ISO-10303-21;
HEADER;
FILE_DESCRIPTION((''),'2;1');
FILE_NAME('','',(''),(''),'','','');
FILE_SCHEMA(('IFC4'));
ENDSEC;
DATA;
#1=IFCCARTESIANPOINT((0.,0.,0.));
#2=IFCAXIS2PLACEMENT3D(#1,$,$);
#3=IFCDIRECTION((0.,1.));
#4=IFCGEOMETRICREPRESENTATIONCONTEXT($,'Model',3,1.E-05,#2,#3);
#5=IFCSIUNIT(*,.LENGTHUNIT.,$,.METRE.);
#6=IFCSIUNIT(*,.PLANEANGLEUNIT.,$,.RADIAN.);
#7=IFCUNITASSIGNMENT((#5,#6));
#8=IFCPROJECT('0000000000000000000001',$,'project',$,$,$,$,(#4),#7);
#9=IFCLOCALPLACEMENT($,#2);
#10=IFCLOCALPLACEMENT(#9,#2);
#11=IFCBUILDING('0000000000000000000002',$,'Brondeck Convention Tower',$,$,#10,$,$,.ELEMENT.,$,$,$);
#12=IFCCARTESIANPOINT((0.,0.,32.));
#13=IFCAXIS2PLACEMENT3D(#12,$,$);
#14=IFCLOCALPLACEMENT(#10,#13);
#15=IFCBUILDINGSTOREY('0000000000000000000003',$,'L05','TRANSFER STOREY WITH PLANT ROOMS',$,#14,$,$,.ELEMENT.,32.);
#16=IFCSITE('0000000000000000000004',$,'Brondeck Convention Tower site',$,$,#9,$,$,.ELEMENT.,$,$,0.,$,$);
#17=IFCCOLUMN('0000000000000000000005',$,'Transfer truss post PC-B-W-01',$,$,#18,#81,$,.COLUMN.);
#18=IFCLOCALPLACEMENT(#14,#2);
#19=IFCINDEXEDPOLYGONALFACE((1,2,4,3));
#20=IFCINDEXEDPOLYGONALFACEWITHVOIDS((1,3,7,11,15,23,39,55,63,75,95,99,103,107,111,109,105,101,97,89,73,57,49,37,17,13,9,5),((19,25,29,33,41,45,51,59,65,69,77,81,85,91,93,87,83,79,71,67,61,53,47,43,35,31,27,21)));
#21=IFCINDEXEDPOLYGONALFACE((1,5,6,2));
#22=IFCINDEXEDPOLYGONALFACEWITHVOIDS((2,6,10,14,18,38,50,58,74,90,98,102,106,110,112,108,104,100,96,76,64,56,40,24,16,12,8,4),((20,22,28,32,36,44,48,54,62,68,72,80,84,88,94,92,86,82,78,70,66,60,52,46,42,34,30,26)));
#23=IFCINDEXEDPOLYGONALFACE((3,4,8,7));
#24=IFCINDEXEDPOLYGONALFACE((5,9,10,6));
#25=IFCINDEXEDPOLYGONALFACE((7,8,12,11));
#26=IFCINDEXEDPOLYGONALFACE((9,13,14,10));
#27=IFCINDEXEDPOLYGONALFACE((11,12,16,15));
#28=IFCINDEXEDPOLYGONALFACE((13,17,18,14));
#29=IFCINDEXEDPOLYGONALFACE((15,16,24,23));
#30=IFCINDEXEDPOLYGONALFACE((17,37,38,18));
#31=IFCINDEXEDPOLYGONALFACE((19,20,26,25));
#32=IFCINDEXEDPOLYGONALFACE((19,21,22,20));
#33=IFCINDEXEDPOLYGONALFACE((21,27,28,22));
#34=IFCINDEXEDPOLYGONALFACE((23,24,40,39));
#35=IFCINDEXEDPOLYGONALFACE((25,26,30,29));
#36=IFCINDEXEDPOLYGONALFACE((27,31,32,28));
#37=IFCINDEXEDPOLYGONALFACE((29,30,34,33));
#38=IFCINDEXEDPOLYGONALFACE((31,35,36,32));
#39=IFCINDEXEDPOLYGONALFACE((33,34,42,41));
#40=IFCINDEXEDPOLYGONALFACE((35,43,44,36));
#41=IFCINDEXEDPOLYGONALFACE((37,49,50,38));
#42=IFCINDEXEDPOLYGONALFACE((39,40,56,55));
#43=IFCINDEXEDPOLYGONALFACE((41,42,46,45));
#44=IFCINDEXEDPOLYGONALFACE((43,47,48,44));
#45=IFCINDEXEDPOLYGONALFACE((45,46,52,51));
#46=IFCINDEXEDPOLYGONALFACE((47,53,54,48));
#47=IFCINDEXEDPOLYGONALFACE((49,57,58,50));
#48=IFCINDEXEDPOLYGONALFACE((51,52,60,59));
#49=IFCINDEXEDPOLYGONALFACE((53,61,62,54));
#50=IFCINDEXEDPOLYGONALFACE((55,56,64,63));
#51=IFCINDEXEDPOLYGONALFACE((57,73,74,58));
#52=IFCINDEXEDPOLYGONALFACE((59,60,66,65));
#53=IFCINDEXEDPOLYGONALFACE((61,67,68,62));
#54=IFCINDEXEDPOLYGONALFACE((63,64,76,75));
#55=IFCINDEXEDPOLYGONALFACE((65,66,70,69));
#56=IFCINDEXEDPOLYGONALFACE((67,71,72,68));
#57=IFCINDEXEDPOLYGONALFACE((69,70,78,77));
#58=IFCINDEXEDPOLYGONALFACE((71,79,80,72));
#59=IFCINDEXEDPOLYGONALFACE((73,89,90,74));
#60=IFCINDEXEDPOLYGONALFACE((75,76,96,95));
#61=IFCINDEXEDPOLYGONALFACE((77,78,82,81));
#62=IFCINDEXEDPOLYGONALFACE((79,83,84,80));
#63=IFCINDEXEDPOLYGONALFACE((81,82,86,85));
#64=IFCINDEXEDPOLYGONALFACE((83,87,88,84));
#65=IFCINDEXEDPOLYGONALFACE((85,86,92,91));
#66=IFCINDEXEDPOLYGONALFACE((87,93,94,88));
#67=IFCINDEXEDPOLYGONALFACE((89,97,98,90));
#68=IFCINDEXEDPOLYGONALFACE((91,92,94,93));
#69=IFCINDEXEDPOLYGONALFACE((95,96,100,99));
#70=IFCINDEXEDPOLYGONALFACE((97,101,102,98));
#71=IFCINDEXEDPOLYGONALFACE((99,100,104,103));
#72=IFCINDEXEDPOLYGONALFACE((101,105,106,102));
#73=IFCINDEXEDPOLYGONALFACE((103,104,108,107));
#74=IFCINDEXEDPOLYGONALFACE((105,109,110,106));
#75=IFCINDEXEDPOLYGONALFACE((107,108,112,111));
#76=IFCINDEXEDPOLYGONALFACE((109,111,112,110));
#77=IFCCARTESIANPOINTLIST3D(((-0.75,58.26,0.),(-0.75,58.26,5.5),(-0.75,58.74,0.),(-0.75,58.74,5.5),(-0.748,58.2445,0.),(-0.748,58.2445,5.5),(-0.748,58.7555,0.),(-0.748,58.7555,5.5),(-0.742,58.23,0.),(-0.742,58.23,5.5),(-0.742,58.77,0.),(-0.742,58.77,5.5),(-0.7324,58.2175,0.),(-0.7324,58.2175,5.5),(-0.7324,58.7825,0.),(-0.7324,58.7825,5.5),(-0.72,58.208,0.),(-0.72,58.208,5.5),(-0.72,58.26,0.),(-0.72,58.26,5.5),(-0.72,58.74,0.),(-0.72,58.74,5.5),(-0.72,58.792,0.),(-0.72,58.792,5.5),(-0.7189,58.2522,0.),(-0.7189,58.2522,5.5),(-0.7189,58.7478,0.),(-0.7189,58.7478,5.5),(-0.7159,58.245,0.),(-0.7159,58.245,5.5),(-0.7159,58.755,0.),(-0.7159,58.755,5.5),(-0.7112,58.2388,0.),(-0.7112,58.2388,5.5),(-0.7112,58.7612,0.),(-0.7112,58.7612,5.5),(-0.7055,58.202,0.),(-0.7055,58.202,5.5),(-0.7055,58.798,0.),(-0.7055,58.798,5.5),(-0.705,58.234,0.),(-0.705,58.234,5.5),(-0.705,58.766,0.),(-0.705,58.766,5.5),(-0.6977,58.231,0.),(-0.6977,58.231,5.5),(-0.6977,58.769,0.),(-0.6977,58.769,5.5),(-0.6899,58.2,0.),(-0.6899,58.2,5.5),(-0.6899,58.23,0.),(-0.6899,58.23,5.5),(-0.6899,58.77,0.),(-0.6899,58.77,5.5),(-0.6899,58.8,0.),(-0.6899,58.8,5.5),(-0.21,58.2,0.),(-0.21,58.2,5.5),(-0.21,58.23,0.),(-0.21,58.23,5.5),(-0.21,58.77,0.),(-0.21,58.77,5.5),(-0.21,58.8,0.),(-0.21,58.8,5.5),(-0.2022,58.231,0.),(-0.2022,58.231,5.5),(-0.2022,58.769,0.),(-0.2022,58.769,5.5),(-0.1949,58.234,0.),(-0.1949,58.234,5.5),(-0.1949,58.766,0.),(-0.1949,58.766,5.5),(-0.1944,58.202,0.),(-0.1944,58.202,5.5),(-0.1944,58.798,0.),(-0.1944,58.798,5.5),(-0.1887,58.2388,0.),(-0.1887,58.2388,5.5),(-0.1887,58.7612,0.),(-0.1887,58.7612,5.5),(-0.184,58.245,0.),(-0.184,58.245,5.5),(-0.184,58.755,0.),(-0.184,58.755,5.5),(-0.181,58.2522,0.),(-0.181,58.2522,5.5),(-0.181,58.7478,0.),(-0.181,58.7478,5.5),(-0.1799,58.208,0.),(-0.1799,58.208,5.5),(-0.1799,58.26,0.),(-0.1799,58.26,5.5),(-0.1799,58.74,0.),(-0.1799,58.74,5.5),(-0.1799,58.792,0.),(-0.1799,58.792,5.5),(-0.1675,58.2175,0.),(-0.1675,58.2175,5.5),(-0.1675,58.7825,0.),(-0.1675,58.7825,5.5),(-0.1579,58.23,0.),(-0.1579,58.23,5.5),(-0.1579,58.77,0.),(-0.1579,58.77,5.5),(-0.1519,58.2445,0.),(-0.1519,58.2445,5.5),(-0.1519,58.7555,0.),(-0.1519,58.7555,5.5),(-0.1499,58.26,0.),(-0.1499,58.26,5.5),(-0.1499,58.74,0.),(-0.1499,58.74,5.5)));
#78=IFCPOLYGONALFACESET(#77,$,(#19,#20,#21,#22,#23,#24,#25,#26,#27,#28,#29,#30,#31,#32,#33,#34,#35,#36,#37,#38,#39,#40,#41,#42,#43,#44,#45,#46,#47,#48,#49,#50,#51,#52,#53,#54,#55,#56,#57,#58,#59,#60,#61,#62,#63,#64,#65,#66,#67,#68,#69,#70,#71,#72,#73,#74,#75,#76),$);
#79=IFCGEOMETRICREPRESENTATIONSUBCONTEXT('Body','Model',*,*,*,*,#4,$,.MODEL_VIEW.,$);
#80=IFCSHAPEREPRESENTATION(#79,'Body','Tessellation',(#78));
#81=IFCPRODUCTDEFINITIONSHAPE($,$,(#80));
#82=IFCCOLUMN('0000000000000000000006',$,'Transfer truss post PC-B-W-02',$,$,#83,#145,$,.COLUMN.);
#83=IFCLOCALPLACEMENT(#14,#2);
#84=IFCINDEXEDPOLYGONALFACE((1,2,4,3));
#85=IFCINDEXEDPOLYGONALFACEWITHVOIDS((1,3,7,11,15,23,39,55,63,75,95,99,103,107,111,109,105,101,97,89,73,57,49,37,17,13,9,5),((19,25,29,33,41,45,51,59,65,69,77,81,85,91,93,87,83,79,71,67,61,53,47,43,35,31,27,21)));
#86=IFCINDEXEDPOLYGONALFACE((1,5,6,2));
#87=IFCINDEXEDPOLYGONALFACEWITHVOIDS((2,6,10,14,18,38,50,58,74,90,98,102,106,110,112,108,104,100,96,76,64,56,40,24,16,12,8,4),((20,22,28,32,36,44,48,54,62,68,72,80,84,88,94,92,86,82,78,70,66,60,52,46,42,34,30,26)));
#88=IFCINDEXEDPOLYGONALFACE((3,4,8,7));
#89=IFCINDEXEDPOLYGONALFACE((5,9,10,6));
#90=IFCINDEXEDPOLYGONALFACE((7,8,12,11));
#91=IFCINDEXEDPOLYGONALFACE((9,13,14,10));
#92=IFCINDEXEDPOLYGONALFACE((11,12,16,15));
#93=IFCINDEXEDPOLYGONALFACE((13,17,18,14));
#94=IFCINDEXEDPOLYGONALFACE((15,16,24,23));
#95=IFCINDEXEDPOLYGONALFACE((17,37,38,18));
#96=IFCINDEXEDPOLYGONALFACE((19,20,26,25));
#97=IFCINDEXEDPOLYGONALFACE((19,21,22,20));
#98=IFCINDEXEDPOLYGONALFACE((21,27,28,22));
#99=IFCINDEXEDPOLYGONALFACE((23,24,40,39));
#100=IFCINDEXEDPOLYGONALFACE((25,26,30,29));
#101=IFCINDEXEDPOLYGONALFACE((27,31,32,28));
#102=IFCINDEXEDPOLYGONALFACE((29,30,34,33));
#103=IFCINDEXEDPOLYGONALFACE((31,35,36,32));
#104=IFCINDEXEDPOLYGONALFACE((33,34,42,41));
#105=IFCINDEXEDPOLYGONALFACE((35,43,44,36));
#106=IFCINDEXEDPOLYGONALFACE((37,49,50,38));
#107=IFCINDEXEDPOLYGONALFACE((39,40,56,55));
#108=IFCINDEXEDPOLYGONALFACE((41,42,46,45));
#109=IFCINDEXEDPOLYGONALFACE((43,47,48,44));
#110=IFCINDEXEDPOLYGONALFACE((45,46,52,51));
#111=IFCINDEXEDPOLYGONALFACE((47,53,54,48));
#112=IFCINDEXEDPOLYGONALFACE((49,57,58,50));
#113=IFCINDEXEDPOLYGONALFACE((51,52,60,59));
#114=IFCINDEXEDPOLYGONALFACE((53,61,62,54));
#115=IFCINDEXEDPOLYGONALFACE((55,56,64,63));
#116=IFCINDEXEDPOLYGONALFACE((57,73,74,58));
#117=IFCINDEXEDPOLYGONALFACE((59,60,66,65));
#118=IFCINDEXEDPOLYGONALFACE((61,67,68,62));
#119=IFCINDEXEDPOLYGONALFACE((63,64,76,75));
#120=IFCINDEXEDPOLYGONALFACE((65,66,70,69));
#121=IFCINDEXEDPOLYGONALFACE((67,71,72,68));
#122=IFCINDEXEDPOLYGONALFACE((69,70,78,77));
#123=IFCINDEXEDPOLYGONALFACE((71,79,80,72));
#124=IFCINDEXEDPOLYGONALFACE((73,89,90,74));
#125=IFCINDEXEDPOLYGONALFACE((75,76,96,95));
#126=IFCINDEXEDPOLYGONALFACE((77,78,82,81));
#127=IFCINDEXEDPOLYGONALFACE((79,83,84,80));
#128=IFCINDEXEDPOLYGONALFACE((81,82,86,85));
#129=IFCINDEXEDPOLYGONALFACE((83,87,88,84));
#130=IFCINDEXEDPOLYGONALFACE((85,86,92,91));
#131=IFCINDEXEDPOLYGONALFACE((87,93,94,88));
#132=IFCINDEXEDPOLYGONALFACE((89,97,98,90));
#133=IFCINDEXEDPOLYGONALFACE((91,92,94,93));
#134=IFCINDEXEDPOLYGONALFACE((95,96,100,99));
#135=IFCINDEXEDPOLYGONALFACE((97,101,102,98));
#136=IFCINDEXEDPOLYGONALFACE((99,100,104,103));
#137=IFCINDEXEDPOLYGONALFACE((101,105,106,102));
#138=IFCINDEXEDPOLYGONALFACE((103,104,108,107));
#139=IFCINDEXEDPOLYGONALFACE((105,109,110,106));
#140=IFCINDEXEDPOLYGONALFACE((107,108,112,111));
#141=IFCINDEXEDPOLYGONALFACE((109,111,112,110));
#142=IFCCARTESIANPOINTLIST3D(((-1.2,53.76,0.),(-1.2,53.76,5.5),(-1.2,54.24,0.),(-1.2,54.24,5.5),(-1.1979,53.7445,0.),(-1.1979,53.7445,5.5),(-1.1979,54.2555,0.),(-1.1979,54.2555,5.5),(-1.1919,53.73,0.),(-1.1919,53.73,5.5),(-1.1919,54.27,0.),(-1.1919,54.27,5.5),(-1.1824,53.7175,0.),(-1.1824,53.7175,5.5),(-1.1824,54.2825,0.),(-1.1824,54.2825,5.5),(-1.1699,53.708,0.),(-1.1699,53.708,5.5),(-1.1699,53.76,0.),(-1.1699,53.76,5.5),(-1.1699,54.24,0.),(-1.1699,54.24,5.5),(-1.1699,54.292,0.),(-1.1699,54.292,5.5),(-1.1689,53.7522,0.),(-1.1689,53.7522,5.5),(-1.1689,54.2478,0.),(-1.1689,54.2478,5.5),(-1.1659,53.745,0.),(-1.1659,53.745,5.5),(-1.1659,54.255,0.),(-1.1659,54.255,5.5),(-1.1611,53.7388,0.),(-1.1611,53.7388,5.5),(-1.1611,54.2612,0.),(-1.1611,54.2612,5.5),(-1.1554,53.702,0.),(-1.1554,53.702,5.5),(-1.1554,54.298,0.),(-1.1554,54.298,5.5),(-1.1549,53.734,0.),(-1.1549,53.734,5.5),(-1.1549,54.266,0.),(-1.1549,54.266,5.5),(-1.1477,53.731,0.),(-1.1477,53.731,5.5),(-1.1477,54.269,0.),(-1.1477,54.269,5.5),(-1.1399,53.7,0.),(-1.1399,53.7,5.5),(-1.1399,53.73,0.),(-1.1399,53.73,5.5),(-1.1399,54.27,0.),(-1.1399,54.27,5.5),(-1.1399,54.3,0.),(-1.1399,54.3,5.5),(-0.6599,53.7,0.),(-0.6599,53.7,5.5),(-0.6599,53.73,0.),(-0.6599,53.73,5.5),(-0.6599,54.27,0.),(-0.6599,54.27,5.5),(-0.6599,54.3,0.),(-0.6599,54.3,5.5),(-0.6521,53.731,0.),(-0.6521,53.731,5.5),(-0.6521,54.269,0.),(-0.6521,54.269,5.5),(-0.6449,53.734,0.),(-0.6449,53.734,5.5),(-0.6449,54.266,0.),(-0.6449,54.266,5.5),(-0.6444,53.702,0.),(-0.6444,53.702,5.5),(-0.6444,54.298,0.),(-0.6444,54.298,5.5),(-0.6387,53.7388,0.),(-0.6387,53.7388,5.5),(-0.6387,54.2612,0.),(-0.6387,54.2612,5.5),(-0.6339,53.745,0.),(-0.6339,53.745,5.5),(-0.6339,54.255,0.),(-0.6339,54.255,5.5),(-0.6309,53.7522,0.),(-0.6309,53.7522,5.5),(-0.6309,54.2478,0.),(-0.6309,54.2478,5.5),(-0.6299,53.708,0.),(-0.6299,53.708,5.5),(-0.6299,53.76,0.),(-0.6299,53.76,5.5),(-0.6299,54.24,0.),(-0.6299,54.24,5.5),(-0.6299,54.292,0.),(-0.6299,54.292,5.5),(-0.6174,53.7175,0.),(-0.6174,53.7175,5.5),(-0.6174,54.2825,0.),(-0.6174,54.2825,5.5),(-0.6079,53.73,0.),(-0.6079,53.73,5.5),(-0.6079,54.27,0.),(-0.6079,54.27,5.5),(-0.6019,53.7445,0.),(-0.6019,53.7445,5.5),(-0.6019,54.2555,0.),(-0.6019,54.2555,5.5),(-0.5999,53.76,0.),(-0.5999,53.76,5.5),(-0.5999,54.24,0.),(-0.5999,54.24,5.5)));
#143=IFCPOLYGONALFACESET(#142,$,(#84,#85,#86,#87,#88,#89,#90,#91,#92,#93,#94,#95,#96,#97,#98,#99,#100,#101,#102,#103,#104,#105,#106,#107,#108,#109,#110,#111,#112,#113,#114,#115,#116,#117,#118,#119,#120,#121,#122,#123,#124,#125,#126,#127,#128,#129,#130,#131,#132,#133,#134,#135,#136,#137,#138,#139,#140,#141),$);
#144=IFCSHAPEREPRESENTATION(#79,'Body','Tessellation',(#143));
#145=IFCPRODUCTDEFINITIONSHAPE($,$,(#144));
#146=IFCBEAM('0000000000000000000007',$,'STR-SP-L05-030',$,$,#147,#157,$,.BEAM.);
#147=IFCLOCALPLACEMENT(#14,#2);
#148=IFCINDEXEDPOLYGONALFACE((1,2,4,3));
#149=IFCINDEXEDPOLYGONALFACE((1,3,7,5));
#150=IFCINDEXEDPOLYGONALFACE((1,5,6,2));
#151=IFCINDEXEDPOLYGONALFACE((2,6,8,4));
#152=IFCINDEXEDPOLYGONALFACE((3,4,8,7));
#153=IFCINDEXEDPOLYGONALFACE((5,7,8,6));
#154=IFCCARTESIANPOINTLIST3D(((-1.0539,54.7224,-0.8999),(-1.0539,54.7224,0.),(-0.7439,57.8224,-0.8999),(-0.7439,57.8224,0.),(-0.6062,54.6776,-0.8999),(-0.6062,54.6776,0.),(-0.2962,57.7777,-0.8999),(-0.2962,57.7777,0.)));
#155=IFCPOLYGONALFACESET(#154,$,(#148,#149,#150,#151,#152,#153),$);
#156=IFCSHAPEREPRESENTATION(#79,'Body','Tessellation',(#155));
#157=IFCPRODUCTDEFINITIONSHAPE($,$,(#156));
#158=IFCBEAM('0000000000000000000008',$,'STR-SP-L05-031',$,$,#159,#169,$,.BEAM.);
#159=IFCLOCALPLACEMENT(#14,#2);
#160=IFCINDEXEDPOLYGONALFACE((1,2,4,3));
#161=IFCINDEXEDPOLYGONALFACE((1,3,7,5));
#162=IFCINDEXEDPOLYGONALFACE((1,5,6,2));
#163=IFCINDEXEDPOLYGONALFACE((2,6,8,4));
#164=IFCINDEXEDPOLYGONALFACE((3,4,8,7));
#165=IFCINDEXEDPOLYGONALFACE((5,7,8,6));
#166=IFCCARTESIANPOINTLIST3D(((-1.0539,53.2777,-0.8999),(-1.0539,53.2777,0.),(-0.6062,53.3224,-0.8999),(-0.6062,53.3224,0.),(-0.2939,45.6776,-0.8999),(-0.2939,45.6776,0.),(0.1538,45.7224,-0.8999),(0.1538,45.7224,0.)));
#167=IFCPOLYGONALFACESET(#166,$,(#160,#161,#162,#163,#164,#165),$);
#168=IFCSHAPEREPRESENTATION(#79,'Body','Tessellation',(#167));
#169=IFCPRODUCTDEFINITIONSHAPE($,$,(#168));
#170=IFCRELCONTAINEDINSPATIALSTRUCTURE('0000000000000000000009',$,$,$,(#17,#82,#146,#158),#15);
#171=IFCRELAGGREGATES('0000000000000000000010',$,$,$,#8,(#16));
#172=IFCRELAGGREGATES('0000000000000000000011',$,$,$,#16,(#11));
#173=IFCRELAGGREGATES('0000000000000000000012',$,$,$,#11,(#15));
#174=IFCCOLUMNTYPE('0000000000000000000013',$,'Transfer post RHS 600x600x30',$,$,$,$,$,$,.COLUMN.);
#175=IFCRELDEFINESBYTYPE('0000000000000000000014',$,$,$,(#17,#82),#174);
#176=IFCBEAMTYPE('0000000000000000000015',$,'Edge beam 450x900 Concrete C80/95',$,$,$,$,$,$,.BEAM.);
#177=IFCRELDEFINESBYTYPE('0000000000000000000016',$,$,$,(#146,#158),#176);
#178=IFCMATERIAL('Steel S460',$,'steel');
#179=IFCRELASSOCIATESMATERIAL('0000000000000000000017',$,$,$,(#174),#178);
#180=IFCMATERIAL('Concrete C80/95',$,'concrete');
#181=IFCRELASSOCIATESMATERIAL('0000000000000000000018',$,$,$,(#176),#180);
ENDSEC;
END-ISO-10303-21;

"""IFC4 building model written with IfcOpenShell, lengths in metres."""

from ifc_helpers import new_model, si_unit, direction, frame, origin, origin_2d, place, context, subcontext, project, spatial, rectangle, hollow_rectangle, extrude, material, material_profile, profile_set, type_object, element, save


model = new_model("IFC4")

# Units and contexts
model_context = context("Model", 3, precision=1e-05, world=origin(), true_north=direction((0.0, 1.0)))
body_context = subcontext(model_context, "Body", "Model", "MODEL_VIEW")
ifc_project = project(units=[si_unit("LENGTHUNIT", "METRE"), si_unit("PLANEANGLEUNIT", "RADIAN")], contexts=[model_context])

# Site, building, storey
site_placement = place(None, origin())
site = spatial("IfcSite", under=ifc_project, at=site_placement, Name="Brondeck Convention Tower site", CompositionType="ELEMENT", RefElevation=0.0)
building_placement = place(site_placement, origin())
building = spatial("IfcBuilding", under=site, at=building_placement, Name="Brondeck Convention Tower", CompositionType="ELEMENT")
storey_placement = place(building_placement, frame((0.0, 0.0, 32.0)))
storey = spatial("IfcBuildingStorey", under=building, at=storey_placement, Name="L05", Description="TRANSFER STOREY WITH PLANT ROOMS", CompositionType="ELEMENT", Elevation=32.0)

# Columns
ifc_material_1 = material(Name="Steel S460", Category="steel")
ifc_material_profile_1 = material_profile(ifc_material_1, hollow_rectangle(XDim=0.6001, YDim=0.6001, WallThickness=0.03, InnerFilletRadius=0.03, OuterFilletRadius=0.0601, at=origin_2d()), Name="RHS 600x600x30")
ifc_profile_set_1 = profile_set([ifc_material_profile_1], Name="Steel S460")
column_type = type_object("IfcColumnType", Name="Transfer post RHS 600x600x30", PredefinedType="COLUMN", material=ifc_profile_set_1)
for number, where, z_axis, x_axis, name in (
    (1, (-0.45, 58.5, 0.0), (0.0, 0.0, 1.0), (1.0, 0.0, 0.0), "Transfer truss post PC-B-W-01"),
    (2, (-0.8999, 54.0, 0.0), (0.0, 0.0, 1.0), (1.0, 0.0, 0.0), "Transfer truss post PC-B-W-02"),
):
    element("IfcColumn", number, at=place(storey_placement, frame(where, z_axis=z_axis, x_axis=x_axis)), inside=storey, type_object=column_type, Name=name, PredefinedType="COLUMN", context=body_context, shape_type="SweptSolid", body=[
        extrude(hollow_rectangle(XDim=0.6001, YDim=0.6001, WallThickness=0.03, InnerFilletRadius=0.03, OuterFilletRadius=0.0601, at=origin_2d()), origin(), (0.0, 0.0, 1.0), 5.5),
    ])

# Beams
ifc_material_2 = material(Name="Concrete C80/95", Category="concrete")
ifc_material_profile_2 = material_profile(ifc_material_2, rectangle(XDim=0.45, YDim=0.8999, at=origin_2d()), Name="Edge beam 450x900 Concrete C80/95")
ifc_profile_set_2 = profile_set([ifc_material_profile_2], Name="Concrete C80/95")
beam_type = type_object("IfcBeamType", Name="Edge beam 450x900 Concrete C80/95", PredefinedType="BEAM", material=ifc_profile_set_2)
beam_1_placement = place(storey_placement, frame((-0.52, 57.8, -0.45), z_axis=(-0.099519, -0.995036, 0.0), x_axis=(0.995036, -0.099519, 0.0)))
element("IfcBeam", 3, at=beam_1_placement, inside=storey, type_object=beam_type, Name="STR-SP-L05-030", PredefinedType="BEAM", context=body_context, shape_type="SweptSolid", body=[
    extrude(rectangle(XDim=0.45, YDim=0.8999, at=origin_2d()), origin(), (0.0, 0.0, 1.0), 3.1155),
])
beam_2_placement = place(storey_placement, frame((-0.8301, 53.3, -0.45), z_axis=(0.099504, -0.995037, 0.0), x_axis=(0.995037, 0.099504, 0.0)))
element("IfcBeam", 4, at=beam_2_placement, inside=storey, type_object=beam_type, Name="STR-SP-L05-031", PredefinedType="BEAM", context=body_context, shape_type="SweptSolid", body=[
    extrude(rectangle(XDim=0.45, YDim=0.8999, at=origin_2d()), origin(), (0.0, 0.0, 1.0), 7.6379),
])

save(model, "model.ifc")
